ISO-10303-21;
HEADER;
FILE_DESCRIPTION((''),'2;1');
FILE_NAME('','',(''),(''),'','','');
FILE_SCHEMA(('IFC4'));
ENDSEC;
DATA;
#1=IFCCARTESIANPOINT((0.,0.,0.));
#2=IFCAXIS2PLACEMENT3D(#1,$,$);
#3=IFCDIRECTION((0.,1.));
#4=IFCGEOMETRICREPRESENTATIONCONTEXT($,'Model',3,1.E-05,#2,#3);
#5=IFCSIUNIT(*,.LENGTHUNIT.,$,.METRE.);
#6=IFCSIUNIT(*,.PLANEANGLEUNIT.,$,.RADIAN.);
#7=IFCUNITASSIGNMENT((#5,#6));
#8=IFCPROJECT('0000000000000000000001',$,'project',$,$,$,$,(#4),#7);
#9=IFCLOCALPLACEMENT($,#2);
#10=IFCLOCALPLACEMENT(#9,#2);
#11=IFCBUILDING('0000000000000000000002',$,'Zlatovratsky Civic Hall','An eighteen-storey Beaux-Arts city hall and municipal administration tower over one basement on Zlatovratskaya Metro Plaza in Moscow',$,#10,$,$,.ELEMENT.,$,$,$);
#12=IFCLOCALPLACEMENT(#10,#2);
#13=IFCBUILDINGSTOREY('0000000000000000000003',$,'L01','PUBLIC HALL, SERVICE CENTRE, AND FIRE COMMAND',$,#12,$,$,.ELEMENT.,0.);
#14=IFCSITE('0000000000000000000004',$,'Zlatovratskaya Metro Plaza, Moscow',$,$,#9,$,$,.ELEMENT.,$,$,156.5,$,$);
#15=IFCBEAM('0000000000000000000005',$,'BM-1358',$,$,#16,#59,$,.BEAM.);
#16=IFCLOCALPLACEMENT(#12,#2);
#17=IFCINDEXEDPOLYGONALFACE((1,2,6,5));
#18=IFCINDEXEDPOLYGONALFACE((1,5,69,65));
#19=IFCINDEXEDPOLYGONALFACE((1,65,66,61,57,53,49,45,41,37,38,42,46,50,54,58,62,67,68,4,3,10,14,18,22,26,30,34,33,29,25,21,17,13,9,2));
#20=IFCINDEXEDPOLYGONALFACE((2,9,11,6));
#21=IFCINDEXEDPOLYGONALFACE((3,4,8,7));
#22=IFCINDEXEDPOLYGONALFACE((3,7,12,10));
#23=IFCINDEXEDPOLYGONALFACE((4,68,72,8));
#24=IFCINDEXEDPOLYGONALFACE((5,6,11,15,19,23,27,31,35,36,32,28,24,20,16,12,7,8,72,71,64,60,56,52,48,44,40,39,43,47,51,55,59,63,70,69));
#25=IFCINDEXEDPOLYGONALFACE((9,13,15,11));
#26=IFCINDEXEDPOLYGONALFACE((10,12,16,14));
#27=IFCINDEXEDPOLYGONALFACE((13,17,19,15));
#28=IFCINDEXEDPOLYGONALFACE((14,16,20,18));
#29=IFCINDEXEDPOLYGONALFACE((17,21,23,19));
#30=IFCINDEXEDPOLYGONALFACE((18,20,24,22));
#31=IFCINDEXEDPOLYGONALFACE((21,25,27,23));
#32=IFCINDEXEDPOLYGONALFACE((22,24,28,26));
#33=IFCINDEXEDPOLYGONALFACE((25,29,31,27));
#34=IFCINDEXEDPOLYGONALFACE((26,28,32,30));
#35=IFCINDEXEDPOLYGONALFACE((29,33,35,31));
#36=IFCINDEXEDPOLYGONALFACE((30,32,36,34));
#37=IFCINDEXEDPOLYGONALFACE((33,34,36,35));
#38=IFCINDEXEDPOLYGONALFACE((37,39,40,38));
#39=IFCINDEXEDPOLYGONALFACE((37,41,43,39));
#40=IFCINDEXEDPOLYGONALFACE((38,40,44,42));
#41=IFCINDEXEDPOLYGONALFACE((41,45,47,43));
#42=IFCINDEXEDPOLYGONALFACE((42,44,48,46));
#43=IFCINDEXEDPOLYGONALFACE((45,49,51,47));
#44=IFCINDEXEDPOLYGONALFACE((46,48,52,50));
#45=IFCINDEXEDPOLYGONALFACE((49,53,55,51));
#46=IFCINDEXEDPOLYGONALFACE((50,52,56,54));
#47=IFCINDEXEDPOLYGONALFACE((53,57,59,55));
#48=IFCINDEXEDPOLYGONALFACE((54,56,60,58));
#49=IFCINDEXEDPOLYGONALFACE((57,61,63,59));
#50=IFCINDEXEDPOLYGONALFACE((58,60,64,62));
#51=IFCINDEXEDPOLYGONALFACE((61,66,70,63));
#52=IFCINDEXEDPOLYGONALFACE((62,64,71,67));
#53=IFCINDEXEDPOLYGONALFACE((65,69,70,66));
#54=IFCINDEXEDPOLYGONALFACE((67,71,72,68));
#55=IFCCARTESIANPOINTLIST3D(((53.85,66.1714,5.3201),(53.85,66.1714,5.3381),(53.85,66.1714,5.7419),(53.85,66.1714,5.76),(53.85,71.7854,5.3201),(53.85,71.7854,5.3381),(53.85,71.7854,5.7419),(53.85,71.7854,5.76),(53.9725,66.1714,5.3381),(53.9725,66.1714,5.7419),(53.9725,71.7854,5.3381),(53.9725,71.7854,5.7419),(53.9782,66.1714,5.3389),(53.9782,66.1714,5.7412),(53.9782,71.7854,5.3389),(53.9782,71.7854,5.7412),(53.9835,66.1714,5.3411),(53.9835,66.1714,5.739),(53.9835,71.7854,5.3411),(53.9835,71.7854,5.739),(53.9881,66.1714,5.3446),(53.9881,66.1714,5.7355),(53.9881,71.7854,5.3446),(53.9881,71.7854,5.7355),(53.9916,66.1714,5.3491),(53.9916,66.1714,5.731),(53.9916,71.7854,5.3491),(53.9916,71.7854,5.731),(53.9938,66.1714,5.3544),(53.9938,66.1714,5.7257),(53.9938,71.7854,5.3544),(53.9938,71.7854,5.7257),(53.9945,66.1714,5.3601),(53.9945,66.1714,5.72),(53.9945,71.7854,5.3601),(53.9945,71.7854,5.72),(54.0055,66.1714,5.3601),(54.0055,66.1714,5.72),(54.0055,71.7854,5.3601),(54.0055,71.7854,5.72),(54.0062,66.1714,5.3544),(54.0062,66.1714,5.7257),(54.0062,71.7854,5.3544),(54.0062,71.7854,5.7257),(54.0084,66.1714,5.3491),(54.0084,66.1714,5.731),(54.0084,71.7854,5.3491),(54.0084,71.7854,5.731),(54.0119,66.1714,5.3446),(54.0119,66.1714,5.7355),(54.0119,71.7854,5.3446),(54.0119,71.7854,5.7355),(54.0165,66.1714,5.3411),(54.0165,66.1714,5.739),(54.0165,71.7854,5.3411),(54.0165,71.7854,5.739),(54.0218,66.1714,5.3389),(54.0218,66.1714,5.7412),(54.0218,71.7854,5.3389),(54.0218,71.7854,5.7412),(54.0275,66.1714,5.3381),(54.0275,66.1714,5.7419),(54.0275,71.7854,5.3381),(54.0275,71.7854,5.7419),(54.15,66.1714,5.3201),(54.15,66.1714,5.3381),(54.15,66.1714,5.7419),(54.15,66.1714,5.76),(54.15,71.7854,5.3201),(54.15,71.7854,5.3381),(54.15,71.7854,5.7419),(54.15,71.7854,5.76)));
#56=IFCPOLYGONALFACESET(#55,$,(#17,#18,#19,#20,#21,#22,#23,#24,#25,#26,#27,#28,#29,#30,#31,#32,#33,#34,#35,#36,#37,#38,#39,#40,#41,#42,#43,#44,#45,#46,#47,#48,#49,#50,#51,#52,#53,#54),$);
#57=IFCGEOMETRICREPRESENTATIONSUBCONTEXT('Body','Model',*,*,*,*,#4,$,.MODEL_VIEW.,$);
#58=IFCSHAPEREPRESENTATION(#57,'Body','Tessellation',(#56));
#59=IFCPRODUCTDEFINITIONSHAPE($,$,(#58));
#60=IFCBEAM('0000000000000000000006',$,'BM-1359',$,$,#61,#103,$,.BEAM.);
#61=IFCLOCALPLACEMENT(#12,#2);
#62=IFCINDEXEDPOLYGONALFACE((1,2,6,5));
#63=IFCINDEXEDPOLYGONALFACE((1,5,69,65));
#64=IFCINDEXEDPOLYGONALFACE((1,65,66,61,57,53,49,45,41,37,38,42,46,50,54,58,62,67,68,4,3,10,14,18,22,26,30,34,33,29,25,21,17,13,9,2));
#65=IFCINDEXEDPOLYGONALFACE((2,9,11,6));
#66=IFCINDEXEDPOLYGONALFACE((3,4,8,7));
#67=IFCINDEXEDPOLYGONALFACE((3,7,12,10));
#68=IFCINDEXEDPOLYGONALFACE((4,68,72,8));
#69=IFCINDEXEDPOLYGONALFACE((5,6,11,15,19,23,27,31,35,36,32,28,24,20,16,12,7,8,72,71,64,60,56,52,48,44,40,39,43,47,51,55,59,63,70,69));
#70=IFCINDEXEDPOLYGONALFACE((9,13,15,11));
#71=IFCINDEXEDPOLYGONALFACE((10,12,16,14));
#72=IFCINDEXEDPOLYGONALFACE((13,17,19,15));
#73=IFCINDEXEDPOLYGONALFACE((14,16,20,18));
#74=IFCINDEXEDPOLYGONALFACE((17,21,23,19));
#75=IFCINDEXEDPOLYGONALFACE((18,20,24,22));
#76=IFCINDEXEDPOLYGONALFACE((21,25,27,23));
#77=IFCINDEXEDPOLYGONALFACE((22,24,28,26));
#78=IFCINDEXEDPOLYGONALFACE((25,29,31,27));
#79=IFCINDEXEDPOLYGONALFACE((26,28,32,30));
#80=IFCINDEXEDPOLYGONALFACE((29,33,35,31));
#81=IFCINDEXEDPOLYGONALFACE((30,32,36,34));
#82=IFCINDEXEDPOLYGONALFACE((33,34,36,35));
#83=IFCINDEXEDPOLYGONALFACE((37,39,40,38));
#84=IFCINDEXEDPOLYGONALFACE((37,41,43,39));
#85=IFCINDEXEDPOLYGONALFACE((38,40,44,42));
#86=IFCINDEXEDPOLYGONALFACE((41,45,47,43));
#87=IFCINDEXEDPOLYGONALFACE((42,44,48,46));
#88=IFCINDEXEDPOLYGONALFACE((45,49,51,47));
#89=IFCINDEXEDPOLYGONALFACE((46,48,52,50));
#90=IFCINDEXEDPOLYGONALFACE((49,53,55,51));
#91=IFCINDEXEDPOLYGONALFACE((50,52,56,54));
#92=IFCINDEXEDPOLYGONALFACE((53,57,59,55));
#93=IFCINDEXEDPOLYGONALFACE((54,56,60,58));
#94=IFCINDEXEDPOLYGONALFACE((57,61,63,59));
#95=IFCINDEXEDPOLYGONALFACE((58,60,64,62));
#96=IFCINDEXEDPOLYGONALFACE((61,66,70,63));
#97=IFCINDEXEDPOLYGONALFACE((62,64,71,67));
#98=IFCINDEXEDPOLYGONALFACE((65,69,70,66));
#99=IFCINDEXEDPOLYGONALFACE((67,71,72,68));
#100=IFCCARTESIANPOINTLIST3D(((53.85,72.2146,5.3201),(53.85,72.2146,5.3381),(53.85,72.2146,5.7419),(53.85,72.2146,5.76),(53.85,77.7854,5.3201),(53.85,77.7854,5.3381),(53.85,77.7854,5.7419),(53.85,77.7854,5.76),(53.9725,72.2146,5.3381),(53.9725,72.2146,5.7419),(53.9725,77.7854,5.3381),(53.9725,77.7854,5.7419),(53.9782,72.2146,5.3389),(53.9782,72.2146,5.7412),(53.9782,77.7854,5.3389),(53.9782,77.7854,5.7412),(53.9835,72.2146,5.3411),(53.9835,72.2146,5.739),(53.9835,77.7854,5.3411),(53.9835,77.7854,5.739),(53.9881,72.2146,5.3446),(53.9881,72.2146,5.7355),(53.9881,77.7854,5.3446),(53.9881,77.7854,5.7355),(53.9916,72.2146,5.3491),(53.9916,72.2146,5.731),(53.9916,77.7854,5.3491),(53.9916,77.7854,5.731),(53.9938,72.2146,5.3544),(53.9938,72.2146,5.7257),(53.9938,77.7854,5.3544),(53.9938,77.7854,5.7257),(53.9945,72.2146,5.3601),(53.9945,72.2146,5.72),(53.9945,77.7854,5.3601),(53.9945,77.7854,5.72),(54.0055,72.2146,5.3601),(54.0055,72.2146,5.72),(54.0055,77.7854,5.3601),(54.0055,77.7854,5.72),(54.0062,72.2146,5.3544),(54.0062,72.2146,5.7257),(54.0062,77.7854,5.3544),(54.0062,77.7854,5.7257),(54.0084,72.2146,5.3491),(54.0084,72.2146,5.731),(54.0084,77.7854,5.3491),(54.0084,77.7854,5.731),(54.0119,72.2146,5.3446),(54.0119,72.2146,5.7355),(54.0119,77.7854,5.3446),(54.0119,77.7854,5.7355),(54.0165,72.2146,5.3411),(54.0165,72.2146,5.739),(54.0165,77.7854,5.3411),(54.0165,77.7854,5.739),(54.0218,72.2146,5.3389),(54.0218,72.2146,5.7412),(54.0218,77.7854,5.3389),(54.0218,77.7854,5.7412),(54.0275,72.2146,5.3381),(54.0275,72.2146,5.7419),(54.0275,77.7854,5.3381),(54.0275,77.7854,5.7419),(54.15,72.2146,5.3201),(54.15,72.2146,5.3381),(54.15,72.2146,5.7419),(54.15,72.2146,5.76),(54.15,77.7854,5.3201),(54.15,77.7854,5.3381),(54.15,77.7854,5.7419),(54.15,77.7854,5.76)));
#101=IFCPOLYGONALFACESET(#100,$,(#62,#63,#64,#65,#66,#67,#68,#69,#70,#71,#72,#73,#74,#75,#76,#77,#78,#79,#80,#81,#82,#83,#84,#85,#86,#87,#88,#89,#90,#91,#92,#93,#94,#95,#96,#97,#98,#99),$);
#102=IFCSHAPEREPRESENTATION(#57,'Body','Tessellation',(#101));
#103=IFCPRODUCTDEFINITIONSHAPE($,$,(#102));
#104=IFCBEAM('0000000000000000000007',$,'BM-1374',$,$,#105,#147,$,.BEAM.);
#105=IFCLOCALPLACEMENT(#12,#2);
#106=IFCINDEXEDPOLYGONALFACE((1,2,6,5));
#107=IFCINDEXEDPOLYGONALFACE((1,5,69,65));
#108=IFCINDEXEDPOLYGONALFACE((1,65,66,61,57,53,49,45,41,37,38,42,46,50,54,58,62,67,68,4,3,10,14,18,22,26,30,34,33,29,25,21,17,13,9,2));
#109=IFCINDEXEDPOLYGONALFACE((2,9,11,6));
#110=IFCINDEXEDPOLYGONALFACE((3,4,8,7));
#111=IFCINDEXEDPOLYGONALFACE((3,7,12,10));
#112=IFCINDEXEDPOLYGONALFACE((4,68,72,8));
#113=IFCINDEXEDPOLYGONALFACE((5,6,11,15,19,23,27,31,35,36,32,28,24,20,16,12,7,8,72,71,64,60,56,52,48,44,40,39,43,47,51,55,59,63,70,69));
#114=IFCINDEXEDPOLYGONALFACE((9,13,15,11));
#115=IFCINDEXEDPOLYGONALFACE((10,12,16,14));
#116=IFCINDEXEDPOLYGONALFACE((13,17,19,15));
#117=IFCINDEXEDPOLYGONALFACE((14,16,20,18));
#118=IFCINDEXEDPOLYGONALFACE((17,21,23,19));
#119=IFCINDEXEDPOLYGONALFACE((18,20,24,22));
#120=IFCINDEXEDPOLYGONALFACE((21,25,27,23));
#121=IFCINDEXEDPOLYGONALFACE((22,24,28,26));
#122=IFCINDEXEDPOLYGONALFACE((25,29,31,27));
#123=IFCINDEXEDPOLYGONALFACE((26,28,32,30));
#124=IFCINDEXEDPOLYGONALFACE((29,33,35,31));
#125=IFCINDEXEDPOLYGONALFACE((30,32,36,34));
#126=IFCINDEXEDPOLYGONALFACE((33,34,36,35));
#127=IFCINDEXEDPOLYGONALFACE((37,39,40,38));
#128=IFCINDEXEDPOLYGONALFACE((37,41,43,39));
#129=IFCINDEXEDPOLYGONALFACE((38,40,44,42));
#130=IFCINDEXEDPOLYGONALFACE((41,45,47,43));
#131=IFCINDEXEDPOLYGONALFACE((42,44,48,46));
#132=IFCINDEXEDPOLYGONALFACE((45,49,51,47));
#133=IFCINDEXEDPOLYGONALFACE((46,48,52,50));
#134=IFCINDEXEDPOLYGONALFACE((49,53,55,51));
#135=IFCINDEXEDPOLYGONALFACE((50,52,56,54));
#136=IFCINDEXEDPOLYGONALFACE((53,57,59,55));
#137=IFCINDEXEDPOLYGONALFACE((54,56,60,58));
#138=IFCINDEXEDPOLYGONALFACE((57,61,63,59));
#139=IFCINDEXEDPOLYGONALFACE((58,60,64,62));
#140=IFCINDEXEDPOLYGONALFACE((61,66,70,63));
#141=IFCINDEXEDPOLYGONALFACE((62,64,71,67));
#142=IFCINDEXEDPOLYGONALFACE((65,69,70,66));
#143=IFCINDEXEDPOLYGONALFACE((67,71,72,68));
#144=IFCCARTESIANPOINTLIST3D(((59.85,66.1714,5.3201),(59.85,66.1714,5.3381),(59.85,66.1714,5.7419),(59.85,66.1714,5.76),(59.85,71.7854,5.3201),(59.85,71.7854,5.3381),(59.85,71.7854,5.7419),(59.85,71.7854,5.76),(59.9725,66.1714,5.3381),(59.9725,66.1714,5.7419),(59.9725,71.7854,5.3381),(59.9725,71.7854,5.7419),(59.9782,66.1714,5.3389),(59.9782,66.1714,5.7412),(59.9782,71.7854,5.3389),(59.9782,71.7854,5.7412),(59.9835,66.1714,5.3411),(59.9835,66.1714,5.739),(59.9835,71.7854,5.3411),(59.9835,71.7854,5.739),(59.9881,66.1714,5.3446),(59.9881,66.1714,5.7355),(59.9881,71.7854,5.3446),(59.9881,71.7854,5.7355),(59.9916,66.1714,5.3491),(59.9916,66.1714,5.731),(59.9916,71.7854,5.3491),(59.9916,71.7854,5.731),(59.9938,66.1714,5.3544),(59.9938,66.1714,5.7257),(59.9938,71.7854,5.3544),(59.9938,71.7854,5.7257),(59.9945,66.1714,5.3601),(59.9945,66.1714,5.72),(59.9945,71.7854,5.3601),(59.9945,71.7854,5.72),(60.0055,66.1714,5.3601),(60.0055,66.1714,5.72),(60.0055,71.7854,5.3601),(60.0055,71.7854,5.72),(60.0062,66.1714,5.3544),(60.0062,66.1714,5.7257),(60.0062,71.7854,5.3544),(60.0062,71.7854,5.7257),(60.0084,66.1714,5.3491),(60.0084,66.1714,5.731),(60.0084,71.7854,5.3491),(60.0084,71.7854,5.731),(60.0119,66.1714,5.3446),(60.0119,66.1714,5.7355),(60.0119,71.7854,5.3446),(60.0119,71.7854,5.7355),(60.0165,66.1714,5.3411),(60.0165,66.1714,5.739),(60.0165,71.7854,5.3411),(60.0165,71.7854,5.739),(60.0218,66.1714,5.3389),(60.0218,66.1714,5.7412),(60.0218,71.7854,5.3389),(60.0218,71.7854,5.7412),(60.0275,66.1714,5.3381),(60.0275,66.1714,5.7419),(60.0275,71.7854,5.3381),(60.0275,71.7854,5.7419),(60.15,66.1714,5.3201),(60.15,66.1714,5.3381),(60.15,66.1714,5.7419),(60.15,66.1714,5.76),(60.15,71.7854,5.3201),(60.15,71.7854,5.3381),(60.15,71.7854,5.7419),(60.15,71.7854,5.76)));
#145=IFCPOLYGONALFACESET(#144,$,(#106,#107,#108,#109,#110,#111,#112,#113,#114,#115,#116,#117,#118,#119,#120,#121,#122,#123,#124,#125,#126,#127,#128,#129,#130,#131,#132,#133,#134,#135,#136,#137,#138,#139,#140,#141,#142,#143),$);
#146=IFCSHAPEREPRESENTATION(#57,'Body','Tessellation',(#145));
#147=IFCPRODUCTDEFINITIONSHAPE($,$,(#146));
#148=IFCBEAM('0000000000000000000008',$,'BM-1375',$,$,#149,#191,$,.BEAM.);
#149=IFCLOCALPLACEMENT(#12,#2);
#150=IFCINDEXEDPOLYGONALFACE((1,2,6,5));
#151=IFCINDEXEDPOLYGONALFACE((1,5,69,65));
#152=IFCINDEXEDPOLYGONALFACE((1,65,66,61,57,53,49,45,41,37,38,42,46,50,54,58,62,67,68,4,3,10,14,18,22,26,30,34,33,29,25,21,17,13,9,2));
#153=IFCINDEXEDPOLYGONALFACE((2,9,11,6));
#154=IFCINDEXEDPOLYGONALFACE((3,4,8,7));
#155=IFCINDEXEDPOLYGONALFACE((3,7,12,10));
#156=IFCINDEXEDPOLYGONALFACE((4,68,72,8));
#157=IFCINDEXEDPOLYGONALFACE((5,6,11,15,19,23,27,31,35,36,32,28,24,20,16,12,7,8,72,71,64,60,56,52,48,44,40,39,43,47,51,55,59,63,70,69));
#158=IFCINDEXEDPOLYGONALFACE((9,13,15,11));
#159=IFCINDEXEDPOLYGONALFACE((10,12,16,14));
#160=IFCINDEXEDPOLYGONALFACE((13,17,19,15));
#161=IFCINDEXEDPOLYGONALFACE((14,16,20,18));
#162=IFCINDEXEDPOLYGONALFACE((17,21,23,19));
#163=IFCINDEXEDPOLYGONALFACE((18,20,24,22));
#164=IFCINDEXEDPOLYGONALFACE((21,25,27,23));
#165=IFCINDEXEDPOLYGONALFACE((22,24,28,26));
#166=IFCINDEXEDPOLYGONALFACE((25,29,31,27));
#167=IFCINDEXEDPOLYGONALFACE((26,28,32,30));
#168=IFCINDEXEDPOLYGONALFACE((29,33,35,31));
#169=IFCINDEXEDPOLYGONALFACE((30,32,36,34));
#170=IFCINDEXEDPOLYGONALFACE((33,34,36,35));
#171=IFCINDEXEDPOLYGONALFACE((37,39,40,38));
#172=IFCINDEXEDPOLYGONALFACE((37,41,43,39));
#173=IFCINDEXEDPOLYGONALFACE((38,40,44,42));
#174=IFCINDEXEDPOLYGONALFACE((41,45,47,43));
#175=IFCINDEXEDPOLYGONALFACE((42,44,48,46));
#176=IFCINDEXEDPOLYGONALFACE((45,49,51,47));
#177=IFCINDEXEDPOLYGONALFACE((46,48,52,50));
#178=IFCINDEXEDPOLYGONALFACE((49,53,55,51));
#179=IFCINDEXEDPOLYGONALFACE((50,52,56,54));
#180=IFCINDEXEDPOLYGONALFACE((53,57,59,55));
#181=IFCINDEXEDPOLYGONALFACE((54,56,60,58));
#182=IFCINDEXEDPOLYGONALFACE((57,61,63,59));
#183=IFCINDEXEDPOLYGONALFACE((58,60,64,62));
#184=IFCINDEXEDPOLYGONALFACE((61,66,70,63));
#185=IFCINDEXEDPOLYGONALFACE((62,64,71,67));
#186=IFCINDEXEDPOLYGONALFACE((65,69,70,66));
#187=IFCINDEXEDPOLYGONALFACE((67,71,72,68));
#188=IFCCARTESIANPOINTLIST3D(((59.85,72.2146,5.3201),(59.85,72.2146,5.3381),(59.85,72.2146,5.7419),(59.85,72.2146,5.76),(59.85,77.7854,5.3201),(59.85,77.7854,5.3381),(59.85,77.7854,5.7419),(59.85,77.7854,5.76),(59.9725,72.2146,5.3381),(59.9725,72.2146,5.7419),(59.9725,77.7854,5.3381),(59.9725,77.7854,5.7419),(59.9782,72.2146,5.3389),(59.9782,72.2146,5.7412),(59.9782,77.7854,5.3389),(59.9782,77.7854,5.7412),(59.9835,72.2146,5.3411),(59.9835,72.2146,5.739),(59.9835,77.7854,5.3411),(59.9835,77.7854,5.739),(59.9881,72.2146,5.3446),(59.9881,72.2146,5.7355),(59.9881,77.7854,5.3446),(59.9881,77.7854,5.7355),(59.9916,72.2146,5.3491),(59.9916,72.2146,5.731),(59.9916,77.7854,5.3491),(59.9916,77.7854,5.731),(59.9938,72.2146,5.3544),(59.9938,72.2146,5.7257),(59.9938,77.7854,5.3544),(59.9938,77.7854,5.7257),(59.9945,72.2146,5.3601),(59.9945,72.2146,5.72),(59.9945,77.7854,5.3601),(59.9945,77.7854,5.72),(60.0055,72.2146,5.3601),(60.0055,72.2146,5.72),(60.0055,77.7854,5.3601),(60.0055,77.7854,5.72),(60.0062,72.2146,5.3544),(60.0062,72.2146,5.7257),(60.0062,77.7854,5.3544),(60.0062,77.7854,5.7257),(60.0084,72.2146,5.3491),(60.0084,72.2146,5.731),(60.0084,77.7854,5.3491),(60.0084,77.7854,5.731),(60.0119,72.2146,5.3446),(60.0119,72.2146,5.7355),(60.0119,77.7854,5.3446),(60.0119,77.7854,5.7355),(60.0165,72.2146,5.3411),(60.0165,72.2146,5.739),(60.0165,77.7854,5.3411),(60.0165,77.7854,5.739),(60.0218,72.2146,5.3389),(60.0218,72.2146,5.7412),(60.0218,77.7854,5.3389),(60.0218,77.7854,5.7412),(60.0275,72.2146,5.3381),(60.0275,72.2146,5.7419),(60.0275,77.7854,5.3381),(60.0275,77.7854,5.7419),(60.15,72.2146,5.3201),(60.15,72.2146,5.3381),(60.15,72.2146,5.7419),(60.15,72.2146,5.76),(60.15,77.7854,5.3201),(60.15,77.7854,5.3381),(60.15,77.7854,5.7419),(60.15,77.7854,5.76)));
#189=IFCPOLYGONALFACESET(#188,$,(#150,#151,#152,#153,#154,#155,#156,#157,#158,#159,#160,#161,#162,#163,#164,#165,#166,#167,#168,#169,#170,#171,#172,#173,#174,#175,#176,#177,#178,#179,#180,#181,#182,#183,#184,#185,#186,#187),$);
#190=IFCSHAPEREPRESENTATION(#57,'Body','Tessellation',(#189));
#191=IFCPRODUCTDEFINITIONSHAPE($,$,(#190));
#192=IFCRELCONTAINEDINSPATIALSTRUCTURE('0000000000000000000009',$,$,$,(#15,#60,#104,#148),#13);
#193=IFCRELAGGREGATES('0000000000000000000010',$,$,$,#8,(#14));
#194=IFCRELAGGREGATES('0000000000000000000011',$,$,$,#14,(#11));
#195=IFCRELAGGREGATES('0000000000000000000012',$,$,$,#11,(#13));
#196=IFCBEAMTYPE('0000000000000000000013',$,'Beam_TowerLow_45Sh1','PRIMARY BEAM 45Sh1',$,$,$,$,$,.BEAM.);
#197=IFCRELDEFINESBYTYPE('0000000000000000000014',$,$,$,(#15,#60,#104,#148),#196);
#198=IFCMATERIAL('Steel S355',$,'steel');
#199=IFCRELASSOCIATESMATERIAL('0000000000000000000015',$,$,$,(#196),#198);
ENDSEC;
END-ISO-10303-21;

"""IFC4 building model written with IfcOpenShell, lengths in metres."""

from ifc_helpers import new_model, si_unit, direction, frame, origin, origin_2d, place, context, subcontext, project, spatial, i_section, extrude, material, material_profile, profile_set, type_object, element, save


model = new_model("IFC4")

# Units and contexts
model_context = context("Model", 3, precision=1e-05, world=origin(), true_north=direction((0.0, 1.0)))
body_context = subcontext(model_context, "Body", "Model", "MODEL_VIEW")
ifc_project = project(units=[si_unit("LENGTHUNIT", "METRE"), si_unit("PLANEANGLEUNIT", "RADIAN")], contexts=[model_context])

# Site, building, storey
site_placement = place(None, origin())
site = spatial("IfcSite", under=ifc_project, at=site_placement, Name="Zlatovratskaya Metro Plaza, Moscow", CompositionType="ELEMENT", RefElevation=156.5)
building_placement = place(site_placement, origin())
building = spatial("IfcBuilding", under=site, at=building_placement, Name="Zlatovratsky Civic Hall", Description="An eighteen-storey Beaux-Arts city hall and municipal administration tower over one basement on Zlatovratskaya Metro Plaza in Moscow", CompositionType="ELEMENT")
storey_placement = place(building_placement, origin())
storey = spatial("IfcBuildingStorey", under=building, at=storey_placement, Name="L01", Description="PUBLIC HALL, SERVICE CENTRE, AND FIRE COMMAND", CompositionType="ELEMENT", Elevation=0.0)

# Shared definitions
ifc_material_1 = material(Name="Steel S355", Category="steel")

# Beams
ifc_material_profile_1 = material_profile(ifc_material_1, i_section(OverallWidth=0.3, OverallDepth=0.4399, WebThickness=0.011, FlangeThickness=0.0181, FilletRadius=0.022, at=origin_2d()), Name="45Sh1")
ifc_profile_set_1 = profile_set([ifc_material_profile_1], Name="Steel S355")
beam_type = type_object("IfcBeamType", Name="Beam_TowerLow_45Sh1", Description="PRIMARY BEAM 45Sh1", PredefinedType="BEAM", material=ifc_profile_set_1)
beam_1_placement = place(storey_placement, frame((54.0, 66.1714, 5.54), z_axis=(0.0, 1.0, 0.0), x_axis=(-1.0, 0.0, 0.0)))
element("IfcBeam", 1, at=beam_1_placement, inside=storey, type_object=beam_type, Name="BM-1358", PredefinedType="BEAM", context=body_context, shape_type="SweptSolid", body=[
    extrude(i_section(OverallWidth=0.3, OverallDepth=0.4399, WebThickness=0.011, FlangeThickness=0.0181, FilletRadius=0.022, at=origin_2d()), origin(), (0.0, 0.0, 1.0), 5.614),
])
beam_2_placement = place(storey_placement, frame((54.0, 72.2146, 5.54), z_axis=(0.0, 1.0, 0.0), x_axis=(-1.0, 0.0, 0.0)))
element("IfcBeam", 2, at=beam_2_placement, inside=storey, type_object=beam_type, Name="BM-1359", PredefinedType="BEAM", context=body_context, shape_type="SweptSolid", body=[
    extrude(i_section(OverallWidth=0.3, OverallDepth=0.4399, WebThickness=0.011, FlangeThickness=0.0181, FilletRadius=0.022, at=origin_2d()), origin(), (0.0, 0.0, 1.0), 5.5708),
])
beam_3_placement = place(storey_placement, frame((60.0, 66.1714, 5.54), z_axis=(0.0, 1.0, 0.0), x_axis=(-1.0, 0.0, 0.0)))
element("IfcBeam", 3, at=beam_3_placement, inside=storey, type_object=beam_type, Name="BM-1374", PredefinedType="BEAM", context=body_context, shape_type="SweptSolid", body=[
    extrude(i_section(OverallWidth=0.3, OverallDepth=0.4399, WebThickness=0.011, FlangeThickness=0.0181, FilletRadius=0.022, at=origin_2d()), origin(), (0.0, 0.0, 1.0), 5.614),
])
beam_4_placement = place(storey_placement, frame((60.0, 72.2146, 5.54), z_axis=(0.0, 1.0, 0.0), x_axis=(-1.0, 0.0, 0.0)))
element("IfcBeam", 4, at=beam_4_placement, inside=storey, type_object=beam_type, Name="BM-1375", PredefinedType="BEAM", context=body_context, shape_type="SweptSolid", body=[
    extrude(i_section(OverallWidth=0.3, OverallDepth=0.4399, WebThickness=0.011, FlangeThickness=0.0181, FilletRadius=0.022, at=origin_2d()), origin(), (0.0, 0.0, 1.0), 5.5708),
])

save(model, "model.ifc")
